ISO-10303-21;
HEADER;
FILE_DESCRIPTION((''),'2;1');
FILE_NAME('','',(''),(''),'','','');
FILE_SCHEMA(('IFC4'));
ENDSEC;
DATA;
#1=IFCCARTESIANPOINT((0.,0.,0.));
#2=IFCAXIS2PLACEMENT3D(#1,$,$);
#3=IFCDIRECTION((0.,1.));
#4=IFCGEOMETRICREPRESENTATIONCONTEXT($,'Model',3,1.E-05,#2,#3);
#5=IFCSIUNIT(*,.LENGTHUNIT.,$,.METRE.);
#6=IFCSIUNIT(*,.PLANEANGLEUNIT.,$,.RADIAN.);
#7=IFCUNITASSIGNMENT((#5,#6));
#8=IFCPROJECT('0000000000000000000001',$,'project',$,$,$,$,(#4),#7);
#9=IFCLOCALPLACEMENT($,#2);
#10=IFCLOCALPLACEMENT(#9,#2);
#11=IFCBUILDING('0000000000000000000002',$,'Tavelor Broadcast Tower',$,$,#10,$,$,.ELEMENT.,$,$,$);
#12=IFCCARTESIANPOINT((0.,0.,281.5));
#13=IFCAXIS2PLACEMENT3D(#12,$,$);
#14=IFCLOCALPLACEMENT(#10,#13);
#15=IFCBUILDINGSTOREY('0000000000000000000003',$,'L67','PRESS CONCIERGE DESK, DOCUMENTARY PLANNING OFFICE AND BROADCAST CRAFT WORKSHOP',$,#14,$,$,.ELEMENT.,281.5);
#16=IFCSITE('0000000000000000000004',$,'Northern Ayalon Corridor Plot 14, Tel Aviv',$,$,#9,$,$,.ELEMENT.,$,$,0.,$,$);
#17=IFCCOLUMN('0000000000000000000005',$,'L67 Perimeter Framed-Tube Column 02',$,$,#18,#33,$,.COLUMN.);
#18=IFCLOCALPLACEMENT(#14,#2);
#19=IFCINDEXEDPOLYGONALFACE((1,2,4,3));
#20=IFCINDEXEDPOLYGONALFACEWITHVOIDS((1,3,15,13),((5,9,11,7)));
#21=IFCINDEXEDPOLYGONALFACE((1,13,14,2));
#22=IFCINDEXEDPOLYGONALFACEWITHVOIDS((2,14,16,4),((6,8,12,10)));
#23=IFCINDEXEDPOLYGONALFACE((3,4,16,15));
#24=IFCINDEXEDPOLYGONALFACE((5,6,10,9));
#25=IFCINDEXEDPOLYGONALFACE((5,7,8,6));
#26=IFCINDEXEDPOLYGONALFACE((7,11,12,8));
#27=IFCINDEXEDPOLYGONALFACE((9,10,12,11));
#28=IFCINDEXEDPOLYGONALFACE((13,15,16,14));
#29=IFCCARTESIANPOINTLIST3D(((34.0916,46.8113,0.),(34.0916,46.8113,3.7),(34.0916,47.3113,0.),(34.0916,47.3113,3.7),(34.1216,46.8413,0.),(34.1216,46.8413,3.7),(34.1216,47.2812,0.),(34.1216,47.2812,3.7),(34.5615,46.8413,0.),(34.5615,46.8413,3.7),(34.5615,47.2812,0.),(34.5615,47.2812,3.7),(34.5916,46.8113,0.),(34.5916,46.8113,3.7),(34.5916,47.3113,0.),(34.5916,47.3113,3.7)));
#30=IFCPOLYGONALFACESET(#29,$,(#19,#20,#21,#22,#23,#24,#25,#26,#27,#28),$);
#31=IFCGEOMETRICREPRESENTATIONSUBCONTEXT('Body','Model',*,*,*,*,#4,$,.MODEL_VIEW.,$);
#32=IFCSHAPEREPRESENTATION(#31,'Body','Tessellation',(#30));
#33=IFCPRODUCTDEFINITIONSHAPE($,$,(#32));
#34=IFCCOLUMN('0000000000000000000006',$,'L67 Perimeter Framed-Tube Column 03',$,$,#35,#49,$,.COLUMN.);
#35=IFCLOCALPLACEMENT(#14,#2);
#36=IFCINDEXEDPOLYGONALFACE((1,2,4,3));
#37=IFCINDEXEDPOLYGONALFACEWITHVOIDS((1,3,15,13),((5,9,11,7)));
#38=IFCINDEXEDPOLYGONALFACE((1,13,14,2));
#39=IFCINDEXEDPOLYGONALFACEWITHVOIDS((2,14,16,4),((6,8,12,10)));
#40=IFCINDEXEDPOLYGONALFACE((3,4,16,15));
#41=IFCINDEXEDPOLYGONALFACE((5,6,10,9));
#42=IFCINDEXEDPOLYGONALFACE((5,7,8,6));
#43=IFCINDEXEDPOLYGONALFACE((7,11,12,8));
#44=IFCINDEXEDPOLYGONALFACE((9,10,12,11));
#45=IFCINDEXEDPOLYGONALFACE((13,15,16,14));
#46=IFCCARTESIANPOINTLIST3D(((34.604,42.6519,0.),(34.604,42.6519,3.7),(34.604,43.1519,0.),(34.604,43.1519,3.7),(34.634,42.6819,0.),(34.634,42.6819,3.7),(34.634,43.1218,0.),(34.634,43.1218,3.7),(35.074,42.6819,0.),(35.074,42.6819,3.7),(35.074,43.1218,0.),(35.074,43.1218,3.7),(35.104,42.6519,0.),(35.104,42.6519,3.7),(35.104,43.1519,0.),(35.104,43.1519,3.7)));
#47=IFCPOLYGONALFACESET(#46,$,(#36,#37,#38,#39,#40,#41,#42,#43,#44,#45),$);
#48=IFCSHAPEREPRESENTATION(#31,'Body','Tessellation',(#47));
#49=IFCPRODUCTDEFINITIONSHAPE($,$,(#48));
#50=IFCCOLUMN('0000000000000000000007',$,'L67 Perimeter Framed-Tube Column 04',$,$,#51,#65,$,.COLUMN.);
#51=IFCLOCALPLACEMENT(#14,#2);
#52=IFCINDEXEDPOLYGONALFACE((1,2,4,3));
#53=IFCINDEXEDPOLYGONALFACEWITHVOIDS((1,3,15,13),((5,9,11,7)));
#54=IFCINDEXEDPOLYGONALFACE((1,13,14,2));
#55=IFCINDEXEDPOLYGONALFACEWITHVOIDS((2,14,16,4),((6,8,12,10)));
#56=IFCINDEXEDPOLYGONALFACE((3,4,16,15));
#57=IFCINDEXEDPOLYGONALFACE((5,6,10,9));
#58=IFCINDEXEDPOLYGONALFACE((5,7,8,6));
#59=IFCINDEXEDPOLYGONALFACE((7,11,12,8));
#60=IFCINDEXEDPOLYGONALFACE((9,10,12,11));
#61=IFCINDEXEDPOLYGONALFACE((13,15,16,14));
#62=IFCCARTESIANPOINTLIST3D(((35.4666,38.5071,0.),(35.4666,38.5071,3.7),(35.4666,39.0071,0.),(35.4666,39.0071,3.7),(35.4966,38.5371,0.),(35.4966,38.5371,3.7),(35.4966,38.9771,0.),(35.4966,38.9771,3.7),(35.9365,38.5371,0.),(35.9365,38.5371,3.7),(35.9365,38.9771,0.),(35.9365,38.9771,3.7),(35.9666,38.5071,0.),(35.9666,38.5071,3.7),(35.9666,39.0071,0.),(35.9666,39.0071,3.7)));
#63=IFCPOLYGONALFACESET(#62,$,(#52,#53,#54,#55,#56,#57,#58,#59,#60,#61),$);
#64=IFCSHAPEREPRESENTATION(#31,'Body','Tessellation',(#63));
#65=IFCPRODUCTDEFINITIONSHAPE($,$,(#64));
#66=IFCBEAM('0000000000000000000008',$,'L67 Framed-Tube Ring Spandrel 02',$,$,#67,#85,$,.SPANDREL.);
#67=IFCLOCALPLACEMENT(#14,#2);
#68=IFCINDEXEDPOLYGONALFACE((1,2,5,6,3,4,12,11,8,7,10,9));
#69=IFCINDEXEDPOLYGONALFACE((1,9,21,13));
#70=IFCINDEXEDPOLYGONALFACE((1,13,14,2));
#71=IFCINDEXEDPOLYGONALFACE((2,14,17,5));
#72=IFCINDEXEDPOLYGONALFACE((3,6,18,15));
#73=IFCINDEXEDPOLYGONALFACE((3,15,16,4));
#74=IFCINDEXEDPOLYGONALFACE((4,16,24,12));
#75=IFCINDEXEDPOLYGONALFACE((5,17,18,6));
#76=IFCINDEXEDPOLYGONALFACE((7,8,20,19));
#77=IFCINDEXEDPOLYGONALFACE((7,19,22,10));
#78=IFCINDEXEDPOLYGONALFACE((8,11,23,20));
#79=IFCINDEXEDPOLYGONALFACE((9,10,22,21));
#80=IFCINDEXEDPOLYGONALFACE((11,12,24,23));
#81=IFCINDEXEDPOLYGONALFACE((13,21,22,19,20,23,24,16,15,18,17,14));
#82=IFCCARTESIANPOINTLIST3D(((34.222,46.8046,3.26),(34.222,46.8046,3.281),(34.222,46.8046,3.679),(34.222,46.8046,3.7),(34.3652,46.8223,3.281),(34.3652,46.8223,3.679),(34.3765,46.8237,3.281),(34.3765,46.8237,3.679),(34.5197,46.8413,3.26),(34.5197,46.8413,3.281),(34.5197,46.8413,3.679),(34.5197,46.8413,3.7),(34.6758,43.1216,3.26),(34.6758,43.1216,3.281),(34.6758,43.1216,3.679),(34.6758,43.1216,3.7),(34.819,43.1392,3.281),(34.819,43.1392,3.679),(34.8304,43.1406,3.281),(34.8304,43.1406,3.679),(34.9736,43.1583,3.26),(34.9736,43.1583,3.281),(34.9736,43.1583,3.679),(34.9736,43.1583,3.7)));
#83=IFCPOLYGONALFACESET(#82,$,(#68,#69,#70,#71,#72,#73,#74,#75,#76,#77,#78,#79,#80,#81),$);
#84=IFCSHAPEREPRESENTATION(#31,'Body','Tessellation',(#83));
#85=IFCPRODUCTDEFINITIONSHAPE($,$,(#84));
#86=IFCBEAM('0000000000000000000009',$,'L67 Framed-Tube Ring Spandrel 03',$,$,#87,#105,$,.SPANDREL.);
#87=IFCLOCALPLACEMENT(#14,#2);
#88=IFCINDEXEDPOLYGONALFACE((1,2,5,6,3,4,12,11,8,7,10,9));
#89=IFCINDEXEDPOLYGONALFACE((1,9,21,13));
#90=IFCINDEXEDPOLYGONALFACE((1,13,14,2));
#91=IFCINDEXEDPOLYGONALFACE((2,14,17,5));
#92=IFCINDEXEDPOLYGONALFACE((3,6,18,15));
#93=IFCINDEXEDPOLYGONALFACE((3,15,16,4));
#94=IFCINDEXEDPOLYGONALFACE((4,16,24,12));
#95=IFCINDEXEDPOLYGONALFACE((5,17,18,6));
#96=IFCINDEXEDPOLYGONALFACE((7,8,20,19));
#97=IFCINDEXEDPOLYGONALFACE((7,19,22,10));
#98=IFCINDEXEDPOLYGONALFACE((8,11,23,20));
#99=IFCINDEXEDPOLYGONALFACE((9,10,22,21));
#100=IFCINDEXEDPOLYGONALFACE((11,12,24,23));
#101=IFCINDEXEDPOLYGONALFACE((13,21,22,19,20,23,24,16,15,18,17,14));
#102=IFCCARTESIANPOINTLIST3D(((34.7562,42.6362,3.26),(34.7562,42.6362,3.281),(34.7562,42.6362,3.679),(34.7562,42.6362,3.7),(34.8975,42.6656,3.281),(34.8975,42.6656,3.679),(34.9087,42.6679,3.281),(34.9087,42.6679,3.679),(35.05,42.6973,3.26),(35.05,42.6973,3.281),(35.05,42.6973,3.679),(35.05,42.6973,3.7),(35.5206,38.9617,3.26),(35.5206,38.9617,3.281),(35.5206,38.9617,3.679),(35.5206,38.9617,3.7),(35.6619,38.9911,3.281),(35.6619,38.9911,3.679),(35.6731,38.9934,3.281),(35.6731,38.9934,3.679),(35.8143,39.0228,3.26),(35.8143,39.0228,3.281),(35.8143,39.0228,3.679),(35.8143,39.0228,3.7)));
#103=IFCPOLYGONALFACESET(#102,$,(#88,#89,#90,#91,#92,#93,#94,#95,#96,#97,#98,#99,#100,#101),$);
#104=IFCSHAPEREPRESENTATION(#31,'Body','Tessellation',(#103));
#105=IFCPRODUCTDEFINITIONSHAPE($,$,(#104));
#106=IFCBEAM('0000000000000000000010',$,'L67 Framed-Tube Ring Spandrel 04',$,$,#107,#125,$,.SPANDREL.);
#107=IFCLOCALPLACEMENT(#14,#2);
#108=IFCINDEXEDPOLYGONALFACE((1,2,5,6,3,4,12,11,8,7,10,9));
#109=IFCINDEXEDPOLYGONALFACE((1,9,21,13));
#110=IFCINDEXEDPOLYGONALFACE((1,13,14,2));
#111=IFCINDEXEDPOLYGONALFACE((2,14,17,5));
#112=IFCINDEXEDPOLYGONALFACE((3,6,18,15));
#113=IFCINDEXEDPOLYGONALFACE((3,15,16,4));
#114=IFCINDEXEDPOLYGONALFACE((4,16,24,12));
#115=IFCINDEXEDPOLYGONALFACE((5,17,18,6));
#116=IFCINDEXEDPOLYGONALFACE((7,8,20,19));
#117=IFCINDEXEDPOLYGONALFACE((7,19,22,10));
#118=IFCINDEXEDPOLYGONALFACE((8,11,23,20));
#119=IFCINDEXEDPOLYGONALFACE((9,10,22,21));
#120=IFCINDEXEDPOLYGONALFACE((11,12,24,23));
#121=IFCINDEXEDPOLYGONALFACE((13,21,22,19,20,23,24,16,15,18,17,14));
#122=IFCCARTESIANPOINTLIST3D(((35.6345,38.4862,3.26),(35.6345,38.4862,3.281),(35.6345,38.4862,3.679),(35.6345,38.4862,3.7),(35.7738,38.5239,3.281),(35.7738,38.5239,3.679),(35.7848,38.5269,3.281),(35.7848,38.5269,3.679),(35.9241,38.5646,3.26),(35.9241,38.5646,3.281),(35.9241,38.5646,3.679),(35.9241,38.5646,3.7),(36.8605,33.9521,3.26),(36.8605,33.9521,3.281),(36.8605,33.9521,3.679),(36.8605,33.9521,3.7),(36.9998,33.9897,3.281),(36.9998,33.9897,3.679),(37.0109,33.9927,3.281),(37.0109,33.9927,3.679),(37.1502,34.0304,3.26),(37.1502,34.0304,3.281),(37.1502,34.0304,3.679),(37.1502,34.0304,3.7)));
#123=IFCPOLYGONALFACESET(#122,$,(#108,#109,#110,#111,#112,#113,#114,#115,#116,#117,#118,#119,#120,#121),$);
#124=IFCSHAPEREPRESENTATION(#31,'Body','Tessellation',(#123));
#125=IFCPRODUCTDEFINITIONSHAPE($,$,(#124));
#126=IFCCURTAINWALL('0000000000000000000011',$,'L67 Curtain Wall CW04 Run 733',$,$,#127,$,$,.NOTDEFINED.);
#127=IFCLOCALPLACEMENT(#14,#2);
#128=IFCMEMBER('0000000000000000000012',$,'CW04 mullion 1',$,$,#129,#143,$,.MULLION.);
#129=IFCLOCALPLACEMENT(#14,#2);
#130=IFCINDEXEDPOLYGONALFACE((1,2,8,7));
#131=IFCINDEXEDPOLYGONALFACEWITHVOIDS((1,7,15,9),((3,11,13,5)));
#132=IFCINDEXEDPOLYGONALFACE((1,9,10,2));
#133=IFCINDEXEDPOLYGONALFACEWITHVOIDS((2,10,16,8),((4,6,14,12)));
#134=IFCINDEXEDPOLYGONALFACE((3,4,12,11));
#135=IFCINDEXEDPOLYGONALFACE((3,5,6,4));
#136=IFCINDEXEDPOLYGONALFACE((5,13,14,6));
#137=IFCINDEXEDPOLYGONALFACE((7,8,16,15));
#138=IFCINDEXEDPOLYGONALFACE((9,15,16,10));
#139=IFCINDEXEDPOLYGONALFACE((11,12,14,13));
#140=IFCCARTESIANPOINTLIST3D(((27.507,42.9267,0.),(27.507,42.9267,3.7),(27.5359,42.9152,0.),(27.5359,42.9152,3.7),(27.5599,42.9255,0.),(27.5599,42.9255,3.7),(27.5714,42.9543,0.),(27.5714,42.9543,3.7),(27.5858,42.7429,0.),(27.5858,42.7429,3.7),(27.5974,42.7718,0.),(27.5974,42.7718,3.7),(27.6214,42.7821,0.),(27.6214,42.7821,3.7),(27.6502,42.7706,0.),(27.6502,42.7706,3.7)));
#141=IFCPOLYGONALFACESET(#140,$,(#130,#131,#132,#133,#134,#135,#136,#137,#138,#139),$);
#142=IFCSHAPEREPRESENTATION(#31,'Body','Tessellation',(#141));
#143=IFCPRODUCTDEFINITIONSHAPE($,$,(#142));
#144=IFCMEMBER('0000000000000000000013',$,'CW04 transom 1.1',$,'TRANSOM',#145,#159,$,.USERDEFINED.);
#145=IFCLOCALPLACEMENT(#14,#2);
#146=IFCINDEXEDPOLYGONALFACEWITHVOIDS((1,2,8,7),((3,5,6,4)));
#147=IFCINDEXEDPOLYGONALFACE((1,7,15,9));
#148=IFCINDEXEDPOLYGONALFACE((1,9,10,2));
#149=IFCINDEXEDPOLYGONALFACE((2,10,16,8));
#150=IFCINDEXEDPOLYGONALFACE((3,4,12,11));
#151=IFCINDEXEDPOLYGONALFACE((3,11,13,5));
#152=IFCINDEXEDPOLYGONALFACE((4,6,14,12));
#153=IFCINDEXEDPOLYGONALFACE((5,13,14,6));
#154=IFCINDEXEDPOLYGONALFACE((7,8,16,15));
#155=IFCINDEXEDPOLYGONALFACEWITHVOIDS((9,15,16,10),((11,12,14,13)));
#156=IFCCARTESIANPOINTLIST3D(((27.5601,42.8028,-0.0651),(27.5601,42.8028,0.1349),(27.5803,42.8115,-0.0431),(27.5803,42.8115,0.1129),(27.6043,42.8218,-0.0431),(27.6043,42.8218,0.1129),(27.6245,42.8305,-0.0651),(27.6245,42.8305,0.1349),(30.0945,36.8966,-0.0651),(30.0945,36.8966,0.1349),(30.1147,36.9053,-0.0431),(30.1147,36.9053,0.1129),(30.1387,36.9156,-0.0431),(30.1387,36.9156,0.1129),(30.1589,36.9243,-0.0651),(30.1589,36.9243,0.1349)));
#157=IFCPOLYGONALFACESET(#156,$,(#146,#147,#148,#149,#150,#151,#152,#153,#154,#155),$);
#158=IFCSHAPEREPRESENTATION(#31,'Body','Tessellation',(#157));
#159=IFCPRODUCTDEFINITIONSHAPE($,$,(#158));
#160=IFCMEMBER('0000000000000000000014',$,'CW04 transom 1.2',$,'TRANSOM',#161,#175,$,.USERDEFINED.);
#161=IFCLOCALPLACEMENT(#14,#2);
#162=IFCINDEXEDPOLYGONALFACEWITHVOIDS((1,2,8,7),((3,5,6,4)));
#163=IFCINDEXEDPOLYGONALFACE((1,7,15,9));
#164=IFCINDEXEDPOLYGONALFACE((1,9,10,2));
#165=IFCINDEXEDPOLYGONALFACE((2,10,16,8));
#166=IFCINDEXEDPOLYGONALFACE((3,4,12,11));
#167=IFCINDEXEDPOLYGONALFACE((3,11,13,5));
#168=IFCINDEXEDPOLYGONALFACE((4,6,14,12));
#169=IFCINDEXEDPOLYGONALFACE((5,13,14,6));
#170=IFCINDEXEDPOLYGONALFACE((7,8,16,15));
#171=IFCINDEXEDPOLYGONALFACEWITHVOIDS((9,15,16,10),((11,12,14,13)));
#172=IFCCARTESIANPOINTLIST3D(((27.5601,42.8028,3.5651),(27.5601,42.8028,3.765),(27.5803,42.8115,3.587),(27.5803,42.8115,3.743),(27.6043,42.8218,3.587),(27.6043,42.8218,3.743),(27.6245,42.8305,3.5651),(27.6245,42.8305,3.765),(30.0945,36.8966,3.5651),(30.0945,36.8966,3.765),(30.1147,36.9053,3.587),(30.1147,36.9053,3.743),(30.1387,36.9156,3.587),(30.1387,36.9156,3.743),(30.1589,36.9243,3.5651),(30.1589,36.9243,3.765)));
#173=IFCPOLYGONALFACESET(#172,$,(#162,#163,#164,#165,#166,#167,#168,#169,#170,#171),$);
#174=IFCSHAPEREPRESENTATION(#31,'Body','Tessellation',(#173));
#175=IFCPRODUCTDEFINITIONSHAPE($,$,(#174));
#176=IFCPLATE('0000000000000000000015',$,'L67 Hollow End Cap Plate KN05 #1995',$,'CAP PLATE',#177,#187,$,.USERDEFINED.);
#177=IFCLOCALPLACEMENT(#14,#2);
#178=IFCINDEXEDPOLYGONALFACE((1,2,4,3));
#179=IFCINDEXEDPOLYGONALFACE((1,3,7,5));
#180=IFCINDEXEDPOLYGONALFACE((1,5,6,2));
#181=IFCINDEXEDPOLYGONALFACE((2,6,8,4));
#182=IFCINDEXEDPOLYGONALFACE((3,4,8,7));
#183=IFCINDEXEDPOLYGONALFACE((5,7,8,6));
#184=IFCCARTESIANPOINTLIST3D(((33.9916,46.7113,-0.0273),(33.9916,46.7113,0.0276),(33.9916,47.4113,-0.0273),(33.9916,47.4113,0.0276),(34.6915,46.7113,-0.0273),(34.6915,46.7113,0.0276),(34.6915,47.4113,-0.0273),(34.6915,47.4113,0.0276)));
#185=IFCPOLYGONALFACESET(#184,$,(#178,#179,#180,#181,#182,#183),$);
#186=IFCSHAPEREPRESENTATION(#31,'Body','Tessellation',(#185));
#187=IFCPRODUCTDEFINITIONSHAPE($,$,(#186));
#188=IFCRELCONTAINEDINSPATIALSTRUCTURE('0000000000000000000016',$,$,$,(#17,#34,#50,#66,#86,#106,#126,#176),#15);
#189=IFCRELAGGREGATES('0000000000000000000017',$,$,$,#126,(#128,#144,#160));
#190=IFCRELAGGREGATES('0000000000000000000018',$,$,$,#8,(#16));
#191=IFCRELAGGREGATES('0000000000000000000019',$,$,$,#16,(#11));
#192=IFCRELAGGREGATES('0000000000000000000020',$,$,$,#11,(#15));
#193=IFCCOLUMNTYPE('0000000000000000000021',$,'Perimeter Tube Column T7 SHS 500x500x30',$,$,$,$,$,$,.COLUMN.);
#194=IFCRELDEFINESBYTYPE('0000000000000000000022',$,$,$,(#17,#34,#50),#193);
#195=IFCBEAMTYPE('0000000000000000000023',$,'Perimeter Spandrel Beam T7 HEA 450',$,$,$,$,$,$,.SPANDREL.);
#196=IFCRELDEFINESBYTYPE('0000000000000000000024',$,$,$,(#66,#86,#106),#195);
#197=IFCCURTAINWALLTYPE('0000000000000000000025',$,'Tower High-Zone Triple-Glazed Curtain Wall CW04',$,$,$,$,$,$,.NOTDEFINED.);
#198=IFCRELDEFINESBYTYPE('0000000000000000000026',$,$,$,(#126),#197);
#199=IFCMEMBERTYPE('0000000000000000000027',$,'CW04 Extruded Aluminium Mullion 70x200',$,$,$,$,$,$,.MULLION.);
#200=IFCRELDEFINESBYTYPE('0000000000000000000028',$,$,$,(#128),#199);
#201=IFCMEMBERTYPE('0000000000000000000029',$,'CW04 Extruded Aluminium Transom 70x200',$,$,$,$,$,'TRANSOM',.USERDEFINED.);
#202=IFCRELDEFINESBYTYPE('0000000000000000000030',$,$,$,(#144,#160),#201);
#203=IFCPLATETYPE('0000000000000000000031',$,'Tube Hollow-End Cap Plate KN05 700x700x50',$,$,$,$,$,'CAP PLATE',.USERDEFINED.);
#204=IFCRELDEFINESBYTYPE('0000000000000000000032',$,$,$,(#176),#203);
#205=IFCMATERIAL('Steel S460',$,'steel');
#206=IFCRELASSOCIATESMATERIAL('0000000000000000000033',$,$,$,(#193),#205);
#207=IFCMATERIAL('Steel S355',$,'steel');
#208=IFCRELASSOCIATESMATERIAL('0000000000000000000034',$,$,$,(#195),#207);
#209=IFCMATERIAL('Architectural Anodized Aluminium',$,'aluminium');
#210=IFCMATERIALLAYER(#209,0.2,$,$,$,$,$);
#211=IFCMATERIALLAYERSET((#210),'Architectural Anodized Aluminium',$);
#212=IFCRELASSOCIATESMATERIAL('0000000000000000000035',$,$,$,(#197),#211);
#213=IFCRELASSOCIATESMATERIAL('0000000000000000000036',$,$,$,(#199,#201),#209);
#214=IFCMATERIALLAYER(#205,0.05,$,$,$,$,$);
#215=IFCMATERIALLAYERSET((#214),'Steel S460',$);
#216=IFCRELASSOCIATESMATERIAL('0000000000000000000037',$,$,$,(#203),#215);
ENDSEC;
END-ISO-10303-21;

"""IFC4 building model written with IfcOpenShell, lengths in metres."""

from ifc_helpers import new_model, si_unit, direction, frame, origin, origin_2d, place, context, subcontext, project, spatial, rectangle, hollow_rectangle, i_section, extrude, source, transform, mapped, material, layer, layer_set, material_profile, profile_set, type_object, type_shapes, element, aggregate, save


model = new_model("IFC4")

# Units and contexts
model_context = context("Model", 3, precision=1e-05, world=origin(), true_north=direction((0.0, 1.0)))
body_context = subcontext(model_context, "Body", "Model", "MODEL_VIEW")
ifc_project = project(units=[si_unit("LENGTHUNIT", "METRE"), si_unit("PLANEANGLEUNIT", "RADIAN")], contexts=[model_context])

# Site, building, storey
site_placement = place(None, origin())
site = spatial("IfcSite", under=ifc_project, at=site_placement, Name="Northern Ayalon Corridor Plot 14, Tel Aviv", CompositionType="ELEMENT", RefElevation=0.0)
building_placement = place(site_placement, origin())
building = spatial("IfcBuilding", under=site, at=building_placement, Name="Tavelor Broadcast Tower", CompositionType="ELEMENT")
storey_placement = place(building_placement, frame((0.0, 0.0, 281.5)))
storey = spatial("IfcBuildingStorey", under=building, at=storey_placement, Name="L67", Description="PRESS CONCIERGE DESK, DOCUMENTARY PLANNING OFFICE AND BROADCAST CRAFT WORKSHOP", CompositionType="ELEMENT", Elevation=281.5)

# Columns
ifc_material_1 = material(Name="Steel S460", Category="steel")
ifc_material_profile_1 = material_profile(ifc_material_1, hollow_rectangle(XDim=0.5, YDim=0.5, WallThickness=0.03, at=origin_2d()), Name="SHS 500x500x30")
ifc_profile_set_1 = profile_set([ifc_material_profile_1], Name="Steel S460")
column_type = type_object("IfcColumnType", Name="Perimeter Tube Column T7 SHS 500x500x30", PredefinedType="COLUMN", material=ifc_profile_set_1)
for number, where, z_axis, x_axis, name in (
    (1, (34.3416, 47.0613, 0.0), (0.0, 0.0, 1.0), (1.0, 0.0, 0.0), "L67 Perimeter Framed-Tube Column 02"),
    (2, (34.854, 42.9019, 0.0), (0.0, 0.0, 1.0), (1.0, 0.0, 0.0), "L67 Perimeter Framed-Tube Column 03"),
    (3, (35.7166, 38.7571, 0.0), (0.0, 0.0, 1.0), (1.0, 0.0, 0.0), "L67 Perimeter Framed-Tube Column 04"),
):
    element("IfcColumn", number, at=place(storey_placement, frame(where, z_axis=z_axis, x_axis=x_axis)), inside=storey, type_object=column_type, Name=name, PredefinedType="COLUMN", context=body_context, shape_type="SweptSolid", body=[
        extrude(hollow_rectangle(XDim=0.5, YDim=0.5, WallThickness=0.03, at=origin_2d()), origin(), (0.0, 0.0, 1.0), 3.7),
    ])

# Beams
ifc_material_2 = material(Name="Steel S355", Category="steel")
ifc_material_profile_2 = material_profile(ifc_material_2, i_section(OverallWidth=0.3, OverallDepth=0.4399, WebThickness=0.0115, FlangeThickness=0.021, at=origin_2d()), Name="HEA 450")
ifc_profile_set_2 = profile_set([ifc_material_profile_2], Name="Steel S355")
beam_type = type_object("IfcBeamType", Name="Perimeter Spandrel Beam T7 HEA 450", PredefinedType="SPANDREL", material=ifc_profile_set_2)
beam_1_placement = place(storey_placement, frame((34.3708, 46.823, 3.48), z_axis=(0.122302, -0.992493, 0.0), x_axis=(0.992493, 0.122302, 0.0)))
element("IfcBeam", 4, at=beam_1_placement, inside=storey, type_object=beam_type, Name="L67 Framed-Tube Ring Spandrel 02", PredefinedType="SPANDREL", context=body_context, shape_type="SweptSolid", body=[
    extrude(i_section(OverallWidth=0.3, OverallDepth=0.4399, WebThickness=0.0115, FlangeThickness=0.021, at=origin_2d()), origin(), (0.0, 0.0, 1.0), 3.7109),
])
beam_2_placement = place(storey_placement, frame((34.9031, 42.6667, 3.48), z_axis=(0.203666, -0.97904, 0.0), x_axis=(0.97904, 0.203666, 0.0)))
element("IfcBeam", 5, at=beam_2_placement, inside=storey, type_object=beam_type, Name="L67 Framed-Tube Ring Spandrel 03", PredefinedType="SPANDREL", context=body_context, shape_type="SweptSolid", body=[
    extrude(i_section(OverallWidth=0.3, OverallDepth=0.4399, WebThickness=0.0115, FlangeThickness=0.021, at=origin_2d()), origin(), (0.0, 0.0, 1.0), 3.7532),
])
beam_3_placement = place(storey_placement, frame((35.7793, 38.5254, 3.48), z_axis=(0.261032, -0.96533, 0.0), x_axis=(0.96533, 0.261032, 0.0)))
element("IfcBeam", 6, at=beam_3_placement, inside=storey, type_object=beam_type, Name="L67 Framed-Tube Ring Spandrel 04", PredefinedType="SPANDREL", context=body_context, shape_type="SweptSolid", body=[
    extrude(i_section(OverallWidth=0.3, OverallDepth=0.4399, WebThickness=0.0115, FlangeThickness=0.021, at=origin_2d()), origin(), (0.0, 0.0, 1.0), 4.697),
])

# Curtain wall, members
ifc_material_3 = material(Name="Architectural Anodized Aluminium", Category="aluminium")
ifc_layer_1 = layer(ifc_material_3, 0.2)
ifc_layer_set_1 = layer_set([ifc_layer_1], Name="Architectural Anodized Aluminium")
curtain_wall_type = type_object("IfcCurtainWallType", Name="Tower High-Zone Triple-Glazed Curtain Wall CW04", PredefinedType="NOTDEFINED", material=ifc_layer_set_1)
curtain_wall_placement = place(storey_placement, origin())
curtain_wall = element("IfcCurtainWall", 7, at=curtain_wall_placement, inside=storey, type_object=curtain_wall_type, Name="L67 Curtain Wall CW04 Run 733", PredefinedType="NOTDEFINED")
ifc_material_profile_3 = material_profile(ifc_material_3, hollow_rectangle(XDim=0.0701, YDim=0.2, WallThickness=0.022, at=origin_2d()), Name="RHS 70x200x22")
ifc_profile_set_3 = profile_set([ifc_material_profile_3], Name="Architectural Anodized Aluminium")
member_type_1 = type_object("IfcMemberType", Name="CW04 Extruded Aluminium Mullion 70x200", PredefinedType="MULLION", material=ifc_profile_set_3)
shared_shape_1 = source(origin(), body_context, "Body", "SweptSolid", [
    extrude(hollow_rectangle(XDim=0.0701, YDim=0.2, WallThickness=0.022, at=origin_2d()), origin(), (0.0, 0.0, 1.0), 3.7),
])
type_shapes(member_type_1, [shared_shape_1])
member_1_placement = place(storey_placement, frame((27.5786, 42.8486, 0.0), z_axis=(0.0, 0.0, 1.0), x_axis=(0.918965, 0.394338, 0.0)))
member_1 = element("IfcMember", 8, at=member_1_placement, type_object=member_type_1, Name="CW04 mullion 1", PredefinedType="MULLION", context=body_context, shape_type="MappedRepresentation", body=[
    mapped(shared_shape_1, transform((0.0, 0.0, 0.0), scale=1.0)),
])
ifc_material_profile_4 = material_profile(ifc_material_3, hollow_rectangle(XDim=0.0701, YDim=0.2, WallThickness=0.022, at=origin_2d()), Name="RHS 70x200x22")
ifc_profile_set_4 = profile_set([ifc_material_profile_4], Name="Architectural Anodized Aluminium")
member_type_2 = type_object("IfcMemberType", Name="CW04 Extruded Aluminium Transom 70x200", ElementType="TRANSOM", PredefinedType="USERDEFINED", material=ifc_profile_set_4)
shared_shape_2 = source(origin(), body_context, "Body", "SweptSolid", [
    extrude(hollow_rectangle(XDim=0.0701, YDim=0.2, WallThickness=0.022, at=origin_2d()), origin(), (0.0, 0.0, 1.0), 6.427),
])
type_shapes(member_type_2, [shared_shape_2])
member_2_placement = place(storey_placement, frame((27.5923, 42.8167, 0.0349), z_axis=(0.394336, -0.918966, 0.0), x_axis=(0.918966, 0.394336, 0.0)))
member_2 = element("IfcMember", 9, at=member_2_placement, type_object=member_type_2, Name="CW04 transom 1.1", ObjectType="TRANSOM", PredefinedType="USERDEFINED", context=body_context, shape_type="MappedRepresentation", body=[
    mapped(shared_shape_2, transform((0.0, 0.0, 0.0), scale=1.0)),
])
member_3_placement = place(storey_placement, frame((27.5923, 42.8167, 3.665), z_axis=(0.394336, -0.918966, 0.0), x_axis=(0.918966, 0.394336, 0.0)))
member_3 = element("IfcMember", 10, at=member_3_placement, type_object=member_type_2, Name="CW04 transom 1.2", ObjectType="TRANSOM", PredefinedType="USERDEFINED", context=body_context, shape_type="MappedRepresentation", body=[
    mapped(shared_shape_2, transform((0.0, 0.0, 0.0), scale=1.0)),
])

# Plate
ifc_layer_2 = layer(ifc_material_1, 0.05)
ifc_layer_set_2 = layer_set([ifc_layer_2], Name="Steel S460")
plate_type_1 = type_object("IfcPlateType", Name="Tube Hollow-End Cap Plate KN05 700x700x50", ElementType="CAP PLATE", PredefinedType="USERDEFINED", material=ifc_layer_set_2)
shared_shape_3 = source(origin(), body_context, "Body", "SweptSolid", [
    extrude(rectangle(XDim=0.7, YDim=0.7, at=origin_2d()), origin(), (0.0, 0.0, 1.0), 0.0549),
])
type_shapes(plate_type_1, [shared_shape_3])
for number, where, z_axis, x_axis, name in (
    (11, (34.3416, 47.0613, -0.0273), (0.0, 0.0, 1.0), (1.0, 0.0, 0.0), "L67 Hollow End Cap Plate KN05 #1995"),
):
    element("IfcPlate", number, at=place(storey_placement, frame(where, z_axis=z_axis, x_axis=x_axis)), inside=storey, type_object=plate_type_1, Name=name, ObjectType="CAP PLATE", PredefinedType="USERDEFINED", context=body_context, shape_type="MappedRepresentation", body=[
        mapped(shared_shape_3, transform((0.0, 0.0, 0.0), scale=1.0)),
    ])

aggregate(curtain_wall, [member_1, member_2, member_3])

save(model, "model.ifc")
